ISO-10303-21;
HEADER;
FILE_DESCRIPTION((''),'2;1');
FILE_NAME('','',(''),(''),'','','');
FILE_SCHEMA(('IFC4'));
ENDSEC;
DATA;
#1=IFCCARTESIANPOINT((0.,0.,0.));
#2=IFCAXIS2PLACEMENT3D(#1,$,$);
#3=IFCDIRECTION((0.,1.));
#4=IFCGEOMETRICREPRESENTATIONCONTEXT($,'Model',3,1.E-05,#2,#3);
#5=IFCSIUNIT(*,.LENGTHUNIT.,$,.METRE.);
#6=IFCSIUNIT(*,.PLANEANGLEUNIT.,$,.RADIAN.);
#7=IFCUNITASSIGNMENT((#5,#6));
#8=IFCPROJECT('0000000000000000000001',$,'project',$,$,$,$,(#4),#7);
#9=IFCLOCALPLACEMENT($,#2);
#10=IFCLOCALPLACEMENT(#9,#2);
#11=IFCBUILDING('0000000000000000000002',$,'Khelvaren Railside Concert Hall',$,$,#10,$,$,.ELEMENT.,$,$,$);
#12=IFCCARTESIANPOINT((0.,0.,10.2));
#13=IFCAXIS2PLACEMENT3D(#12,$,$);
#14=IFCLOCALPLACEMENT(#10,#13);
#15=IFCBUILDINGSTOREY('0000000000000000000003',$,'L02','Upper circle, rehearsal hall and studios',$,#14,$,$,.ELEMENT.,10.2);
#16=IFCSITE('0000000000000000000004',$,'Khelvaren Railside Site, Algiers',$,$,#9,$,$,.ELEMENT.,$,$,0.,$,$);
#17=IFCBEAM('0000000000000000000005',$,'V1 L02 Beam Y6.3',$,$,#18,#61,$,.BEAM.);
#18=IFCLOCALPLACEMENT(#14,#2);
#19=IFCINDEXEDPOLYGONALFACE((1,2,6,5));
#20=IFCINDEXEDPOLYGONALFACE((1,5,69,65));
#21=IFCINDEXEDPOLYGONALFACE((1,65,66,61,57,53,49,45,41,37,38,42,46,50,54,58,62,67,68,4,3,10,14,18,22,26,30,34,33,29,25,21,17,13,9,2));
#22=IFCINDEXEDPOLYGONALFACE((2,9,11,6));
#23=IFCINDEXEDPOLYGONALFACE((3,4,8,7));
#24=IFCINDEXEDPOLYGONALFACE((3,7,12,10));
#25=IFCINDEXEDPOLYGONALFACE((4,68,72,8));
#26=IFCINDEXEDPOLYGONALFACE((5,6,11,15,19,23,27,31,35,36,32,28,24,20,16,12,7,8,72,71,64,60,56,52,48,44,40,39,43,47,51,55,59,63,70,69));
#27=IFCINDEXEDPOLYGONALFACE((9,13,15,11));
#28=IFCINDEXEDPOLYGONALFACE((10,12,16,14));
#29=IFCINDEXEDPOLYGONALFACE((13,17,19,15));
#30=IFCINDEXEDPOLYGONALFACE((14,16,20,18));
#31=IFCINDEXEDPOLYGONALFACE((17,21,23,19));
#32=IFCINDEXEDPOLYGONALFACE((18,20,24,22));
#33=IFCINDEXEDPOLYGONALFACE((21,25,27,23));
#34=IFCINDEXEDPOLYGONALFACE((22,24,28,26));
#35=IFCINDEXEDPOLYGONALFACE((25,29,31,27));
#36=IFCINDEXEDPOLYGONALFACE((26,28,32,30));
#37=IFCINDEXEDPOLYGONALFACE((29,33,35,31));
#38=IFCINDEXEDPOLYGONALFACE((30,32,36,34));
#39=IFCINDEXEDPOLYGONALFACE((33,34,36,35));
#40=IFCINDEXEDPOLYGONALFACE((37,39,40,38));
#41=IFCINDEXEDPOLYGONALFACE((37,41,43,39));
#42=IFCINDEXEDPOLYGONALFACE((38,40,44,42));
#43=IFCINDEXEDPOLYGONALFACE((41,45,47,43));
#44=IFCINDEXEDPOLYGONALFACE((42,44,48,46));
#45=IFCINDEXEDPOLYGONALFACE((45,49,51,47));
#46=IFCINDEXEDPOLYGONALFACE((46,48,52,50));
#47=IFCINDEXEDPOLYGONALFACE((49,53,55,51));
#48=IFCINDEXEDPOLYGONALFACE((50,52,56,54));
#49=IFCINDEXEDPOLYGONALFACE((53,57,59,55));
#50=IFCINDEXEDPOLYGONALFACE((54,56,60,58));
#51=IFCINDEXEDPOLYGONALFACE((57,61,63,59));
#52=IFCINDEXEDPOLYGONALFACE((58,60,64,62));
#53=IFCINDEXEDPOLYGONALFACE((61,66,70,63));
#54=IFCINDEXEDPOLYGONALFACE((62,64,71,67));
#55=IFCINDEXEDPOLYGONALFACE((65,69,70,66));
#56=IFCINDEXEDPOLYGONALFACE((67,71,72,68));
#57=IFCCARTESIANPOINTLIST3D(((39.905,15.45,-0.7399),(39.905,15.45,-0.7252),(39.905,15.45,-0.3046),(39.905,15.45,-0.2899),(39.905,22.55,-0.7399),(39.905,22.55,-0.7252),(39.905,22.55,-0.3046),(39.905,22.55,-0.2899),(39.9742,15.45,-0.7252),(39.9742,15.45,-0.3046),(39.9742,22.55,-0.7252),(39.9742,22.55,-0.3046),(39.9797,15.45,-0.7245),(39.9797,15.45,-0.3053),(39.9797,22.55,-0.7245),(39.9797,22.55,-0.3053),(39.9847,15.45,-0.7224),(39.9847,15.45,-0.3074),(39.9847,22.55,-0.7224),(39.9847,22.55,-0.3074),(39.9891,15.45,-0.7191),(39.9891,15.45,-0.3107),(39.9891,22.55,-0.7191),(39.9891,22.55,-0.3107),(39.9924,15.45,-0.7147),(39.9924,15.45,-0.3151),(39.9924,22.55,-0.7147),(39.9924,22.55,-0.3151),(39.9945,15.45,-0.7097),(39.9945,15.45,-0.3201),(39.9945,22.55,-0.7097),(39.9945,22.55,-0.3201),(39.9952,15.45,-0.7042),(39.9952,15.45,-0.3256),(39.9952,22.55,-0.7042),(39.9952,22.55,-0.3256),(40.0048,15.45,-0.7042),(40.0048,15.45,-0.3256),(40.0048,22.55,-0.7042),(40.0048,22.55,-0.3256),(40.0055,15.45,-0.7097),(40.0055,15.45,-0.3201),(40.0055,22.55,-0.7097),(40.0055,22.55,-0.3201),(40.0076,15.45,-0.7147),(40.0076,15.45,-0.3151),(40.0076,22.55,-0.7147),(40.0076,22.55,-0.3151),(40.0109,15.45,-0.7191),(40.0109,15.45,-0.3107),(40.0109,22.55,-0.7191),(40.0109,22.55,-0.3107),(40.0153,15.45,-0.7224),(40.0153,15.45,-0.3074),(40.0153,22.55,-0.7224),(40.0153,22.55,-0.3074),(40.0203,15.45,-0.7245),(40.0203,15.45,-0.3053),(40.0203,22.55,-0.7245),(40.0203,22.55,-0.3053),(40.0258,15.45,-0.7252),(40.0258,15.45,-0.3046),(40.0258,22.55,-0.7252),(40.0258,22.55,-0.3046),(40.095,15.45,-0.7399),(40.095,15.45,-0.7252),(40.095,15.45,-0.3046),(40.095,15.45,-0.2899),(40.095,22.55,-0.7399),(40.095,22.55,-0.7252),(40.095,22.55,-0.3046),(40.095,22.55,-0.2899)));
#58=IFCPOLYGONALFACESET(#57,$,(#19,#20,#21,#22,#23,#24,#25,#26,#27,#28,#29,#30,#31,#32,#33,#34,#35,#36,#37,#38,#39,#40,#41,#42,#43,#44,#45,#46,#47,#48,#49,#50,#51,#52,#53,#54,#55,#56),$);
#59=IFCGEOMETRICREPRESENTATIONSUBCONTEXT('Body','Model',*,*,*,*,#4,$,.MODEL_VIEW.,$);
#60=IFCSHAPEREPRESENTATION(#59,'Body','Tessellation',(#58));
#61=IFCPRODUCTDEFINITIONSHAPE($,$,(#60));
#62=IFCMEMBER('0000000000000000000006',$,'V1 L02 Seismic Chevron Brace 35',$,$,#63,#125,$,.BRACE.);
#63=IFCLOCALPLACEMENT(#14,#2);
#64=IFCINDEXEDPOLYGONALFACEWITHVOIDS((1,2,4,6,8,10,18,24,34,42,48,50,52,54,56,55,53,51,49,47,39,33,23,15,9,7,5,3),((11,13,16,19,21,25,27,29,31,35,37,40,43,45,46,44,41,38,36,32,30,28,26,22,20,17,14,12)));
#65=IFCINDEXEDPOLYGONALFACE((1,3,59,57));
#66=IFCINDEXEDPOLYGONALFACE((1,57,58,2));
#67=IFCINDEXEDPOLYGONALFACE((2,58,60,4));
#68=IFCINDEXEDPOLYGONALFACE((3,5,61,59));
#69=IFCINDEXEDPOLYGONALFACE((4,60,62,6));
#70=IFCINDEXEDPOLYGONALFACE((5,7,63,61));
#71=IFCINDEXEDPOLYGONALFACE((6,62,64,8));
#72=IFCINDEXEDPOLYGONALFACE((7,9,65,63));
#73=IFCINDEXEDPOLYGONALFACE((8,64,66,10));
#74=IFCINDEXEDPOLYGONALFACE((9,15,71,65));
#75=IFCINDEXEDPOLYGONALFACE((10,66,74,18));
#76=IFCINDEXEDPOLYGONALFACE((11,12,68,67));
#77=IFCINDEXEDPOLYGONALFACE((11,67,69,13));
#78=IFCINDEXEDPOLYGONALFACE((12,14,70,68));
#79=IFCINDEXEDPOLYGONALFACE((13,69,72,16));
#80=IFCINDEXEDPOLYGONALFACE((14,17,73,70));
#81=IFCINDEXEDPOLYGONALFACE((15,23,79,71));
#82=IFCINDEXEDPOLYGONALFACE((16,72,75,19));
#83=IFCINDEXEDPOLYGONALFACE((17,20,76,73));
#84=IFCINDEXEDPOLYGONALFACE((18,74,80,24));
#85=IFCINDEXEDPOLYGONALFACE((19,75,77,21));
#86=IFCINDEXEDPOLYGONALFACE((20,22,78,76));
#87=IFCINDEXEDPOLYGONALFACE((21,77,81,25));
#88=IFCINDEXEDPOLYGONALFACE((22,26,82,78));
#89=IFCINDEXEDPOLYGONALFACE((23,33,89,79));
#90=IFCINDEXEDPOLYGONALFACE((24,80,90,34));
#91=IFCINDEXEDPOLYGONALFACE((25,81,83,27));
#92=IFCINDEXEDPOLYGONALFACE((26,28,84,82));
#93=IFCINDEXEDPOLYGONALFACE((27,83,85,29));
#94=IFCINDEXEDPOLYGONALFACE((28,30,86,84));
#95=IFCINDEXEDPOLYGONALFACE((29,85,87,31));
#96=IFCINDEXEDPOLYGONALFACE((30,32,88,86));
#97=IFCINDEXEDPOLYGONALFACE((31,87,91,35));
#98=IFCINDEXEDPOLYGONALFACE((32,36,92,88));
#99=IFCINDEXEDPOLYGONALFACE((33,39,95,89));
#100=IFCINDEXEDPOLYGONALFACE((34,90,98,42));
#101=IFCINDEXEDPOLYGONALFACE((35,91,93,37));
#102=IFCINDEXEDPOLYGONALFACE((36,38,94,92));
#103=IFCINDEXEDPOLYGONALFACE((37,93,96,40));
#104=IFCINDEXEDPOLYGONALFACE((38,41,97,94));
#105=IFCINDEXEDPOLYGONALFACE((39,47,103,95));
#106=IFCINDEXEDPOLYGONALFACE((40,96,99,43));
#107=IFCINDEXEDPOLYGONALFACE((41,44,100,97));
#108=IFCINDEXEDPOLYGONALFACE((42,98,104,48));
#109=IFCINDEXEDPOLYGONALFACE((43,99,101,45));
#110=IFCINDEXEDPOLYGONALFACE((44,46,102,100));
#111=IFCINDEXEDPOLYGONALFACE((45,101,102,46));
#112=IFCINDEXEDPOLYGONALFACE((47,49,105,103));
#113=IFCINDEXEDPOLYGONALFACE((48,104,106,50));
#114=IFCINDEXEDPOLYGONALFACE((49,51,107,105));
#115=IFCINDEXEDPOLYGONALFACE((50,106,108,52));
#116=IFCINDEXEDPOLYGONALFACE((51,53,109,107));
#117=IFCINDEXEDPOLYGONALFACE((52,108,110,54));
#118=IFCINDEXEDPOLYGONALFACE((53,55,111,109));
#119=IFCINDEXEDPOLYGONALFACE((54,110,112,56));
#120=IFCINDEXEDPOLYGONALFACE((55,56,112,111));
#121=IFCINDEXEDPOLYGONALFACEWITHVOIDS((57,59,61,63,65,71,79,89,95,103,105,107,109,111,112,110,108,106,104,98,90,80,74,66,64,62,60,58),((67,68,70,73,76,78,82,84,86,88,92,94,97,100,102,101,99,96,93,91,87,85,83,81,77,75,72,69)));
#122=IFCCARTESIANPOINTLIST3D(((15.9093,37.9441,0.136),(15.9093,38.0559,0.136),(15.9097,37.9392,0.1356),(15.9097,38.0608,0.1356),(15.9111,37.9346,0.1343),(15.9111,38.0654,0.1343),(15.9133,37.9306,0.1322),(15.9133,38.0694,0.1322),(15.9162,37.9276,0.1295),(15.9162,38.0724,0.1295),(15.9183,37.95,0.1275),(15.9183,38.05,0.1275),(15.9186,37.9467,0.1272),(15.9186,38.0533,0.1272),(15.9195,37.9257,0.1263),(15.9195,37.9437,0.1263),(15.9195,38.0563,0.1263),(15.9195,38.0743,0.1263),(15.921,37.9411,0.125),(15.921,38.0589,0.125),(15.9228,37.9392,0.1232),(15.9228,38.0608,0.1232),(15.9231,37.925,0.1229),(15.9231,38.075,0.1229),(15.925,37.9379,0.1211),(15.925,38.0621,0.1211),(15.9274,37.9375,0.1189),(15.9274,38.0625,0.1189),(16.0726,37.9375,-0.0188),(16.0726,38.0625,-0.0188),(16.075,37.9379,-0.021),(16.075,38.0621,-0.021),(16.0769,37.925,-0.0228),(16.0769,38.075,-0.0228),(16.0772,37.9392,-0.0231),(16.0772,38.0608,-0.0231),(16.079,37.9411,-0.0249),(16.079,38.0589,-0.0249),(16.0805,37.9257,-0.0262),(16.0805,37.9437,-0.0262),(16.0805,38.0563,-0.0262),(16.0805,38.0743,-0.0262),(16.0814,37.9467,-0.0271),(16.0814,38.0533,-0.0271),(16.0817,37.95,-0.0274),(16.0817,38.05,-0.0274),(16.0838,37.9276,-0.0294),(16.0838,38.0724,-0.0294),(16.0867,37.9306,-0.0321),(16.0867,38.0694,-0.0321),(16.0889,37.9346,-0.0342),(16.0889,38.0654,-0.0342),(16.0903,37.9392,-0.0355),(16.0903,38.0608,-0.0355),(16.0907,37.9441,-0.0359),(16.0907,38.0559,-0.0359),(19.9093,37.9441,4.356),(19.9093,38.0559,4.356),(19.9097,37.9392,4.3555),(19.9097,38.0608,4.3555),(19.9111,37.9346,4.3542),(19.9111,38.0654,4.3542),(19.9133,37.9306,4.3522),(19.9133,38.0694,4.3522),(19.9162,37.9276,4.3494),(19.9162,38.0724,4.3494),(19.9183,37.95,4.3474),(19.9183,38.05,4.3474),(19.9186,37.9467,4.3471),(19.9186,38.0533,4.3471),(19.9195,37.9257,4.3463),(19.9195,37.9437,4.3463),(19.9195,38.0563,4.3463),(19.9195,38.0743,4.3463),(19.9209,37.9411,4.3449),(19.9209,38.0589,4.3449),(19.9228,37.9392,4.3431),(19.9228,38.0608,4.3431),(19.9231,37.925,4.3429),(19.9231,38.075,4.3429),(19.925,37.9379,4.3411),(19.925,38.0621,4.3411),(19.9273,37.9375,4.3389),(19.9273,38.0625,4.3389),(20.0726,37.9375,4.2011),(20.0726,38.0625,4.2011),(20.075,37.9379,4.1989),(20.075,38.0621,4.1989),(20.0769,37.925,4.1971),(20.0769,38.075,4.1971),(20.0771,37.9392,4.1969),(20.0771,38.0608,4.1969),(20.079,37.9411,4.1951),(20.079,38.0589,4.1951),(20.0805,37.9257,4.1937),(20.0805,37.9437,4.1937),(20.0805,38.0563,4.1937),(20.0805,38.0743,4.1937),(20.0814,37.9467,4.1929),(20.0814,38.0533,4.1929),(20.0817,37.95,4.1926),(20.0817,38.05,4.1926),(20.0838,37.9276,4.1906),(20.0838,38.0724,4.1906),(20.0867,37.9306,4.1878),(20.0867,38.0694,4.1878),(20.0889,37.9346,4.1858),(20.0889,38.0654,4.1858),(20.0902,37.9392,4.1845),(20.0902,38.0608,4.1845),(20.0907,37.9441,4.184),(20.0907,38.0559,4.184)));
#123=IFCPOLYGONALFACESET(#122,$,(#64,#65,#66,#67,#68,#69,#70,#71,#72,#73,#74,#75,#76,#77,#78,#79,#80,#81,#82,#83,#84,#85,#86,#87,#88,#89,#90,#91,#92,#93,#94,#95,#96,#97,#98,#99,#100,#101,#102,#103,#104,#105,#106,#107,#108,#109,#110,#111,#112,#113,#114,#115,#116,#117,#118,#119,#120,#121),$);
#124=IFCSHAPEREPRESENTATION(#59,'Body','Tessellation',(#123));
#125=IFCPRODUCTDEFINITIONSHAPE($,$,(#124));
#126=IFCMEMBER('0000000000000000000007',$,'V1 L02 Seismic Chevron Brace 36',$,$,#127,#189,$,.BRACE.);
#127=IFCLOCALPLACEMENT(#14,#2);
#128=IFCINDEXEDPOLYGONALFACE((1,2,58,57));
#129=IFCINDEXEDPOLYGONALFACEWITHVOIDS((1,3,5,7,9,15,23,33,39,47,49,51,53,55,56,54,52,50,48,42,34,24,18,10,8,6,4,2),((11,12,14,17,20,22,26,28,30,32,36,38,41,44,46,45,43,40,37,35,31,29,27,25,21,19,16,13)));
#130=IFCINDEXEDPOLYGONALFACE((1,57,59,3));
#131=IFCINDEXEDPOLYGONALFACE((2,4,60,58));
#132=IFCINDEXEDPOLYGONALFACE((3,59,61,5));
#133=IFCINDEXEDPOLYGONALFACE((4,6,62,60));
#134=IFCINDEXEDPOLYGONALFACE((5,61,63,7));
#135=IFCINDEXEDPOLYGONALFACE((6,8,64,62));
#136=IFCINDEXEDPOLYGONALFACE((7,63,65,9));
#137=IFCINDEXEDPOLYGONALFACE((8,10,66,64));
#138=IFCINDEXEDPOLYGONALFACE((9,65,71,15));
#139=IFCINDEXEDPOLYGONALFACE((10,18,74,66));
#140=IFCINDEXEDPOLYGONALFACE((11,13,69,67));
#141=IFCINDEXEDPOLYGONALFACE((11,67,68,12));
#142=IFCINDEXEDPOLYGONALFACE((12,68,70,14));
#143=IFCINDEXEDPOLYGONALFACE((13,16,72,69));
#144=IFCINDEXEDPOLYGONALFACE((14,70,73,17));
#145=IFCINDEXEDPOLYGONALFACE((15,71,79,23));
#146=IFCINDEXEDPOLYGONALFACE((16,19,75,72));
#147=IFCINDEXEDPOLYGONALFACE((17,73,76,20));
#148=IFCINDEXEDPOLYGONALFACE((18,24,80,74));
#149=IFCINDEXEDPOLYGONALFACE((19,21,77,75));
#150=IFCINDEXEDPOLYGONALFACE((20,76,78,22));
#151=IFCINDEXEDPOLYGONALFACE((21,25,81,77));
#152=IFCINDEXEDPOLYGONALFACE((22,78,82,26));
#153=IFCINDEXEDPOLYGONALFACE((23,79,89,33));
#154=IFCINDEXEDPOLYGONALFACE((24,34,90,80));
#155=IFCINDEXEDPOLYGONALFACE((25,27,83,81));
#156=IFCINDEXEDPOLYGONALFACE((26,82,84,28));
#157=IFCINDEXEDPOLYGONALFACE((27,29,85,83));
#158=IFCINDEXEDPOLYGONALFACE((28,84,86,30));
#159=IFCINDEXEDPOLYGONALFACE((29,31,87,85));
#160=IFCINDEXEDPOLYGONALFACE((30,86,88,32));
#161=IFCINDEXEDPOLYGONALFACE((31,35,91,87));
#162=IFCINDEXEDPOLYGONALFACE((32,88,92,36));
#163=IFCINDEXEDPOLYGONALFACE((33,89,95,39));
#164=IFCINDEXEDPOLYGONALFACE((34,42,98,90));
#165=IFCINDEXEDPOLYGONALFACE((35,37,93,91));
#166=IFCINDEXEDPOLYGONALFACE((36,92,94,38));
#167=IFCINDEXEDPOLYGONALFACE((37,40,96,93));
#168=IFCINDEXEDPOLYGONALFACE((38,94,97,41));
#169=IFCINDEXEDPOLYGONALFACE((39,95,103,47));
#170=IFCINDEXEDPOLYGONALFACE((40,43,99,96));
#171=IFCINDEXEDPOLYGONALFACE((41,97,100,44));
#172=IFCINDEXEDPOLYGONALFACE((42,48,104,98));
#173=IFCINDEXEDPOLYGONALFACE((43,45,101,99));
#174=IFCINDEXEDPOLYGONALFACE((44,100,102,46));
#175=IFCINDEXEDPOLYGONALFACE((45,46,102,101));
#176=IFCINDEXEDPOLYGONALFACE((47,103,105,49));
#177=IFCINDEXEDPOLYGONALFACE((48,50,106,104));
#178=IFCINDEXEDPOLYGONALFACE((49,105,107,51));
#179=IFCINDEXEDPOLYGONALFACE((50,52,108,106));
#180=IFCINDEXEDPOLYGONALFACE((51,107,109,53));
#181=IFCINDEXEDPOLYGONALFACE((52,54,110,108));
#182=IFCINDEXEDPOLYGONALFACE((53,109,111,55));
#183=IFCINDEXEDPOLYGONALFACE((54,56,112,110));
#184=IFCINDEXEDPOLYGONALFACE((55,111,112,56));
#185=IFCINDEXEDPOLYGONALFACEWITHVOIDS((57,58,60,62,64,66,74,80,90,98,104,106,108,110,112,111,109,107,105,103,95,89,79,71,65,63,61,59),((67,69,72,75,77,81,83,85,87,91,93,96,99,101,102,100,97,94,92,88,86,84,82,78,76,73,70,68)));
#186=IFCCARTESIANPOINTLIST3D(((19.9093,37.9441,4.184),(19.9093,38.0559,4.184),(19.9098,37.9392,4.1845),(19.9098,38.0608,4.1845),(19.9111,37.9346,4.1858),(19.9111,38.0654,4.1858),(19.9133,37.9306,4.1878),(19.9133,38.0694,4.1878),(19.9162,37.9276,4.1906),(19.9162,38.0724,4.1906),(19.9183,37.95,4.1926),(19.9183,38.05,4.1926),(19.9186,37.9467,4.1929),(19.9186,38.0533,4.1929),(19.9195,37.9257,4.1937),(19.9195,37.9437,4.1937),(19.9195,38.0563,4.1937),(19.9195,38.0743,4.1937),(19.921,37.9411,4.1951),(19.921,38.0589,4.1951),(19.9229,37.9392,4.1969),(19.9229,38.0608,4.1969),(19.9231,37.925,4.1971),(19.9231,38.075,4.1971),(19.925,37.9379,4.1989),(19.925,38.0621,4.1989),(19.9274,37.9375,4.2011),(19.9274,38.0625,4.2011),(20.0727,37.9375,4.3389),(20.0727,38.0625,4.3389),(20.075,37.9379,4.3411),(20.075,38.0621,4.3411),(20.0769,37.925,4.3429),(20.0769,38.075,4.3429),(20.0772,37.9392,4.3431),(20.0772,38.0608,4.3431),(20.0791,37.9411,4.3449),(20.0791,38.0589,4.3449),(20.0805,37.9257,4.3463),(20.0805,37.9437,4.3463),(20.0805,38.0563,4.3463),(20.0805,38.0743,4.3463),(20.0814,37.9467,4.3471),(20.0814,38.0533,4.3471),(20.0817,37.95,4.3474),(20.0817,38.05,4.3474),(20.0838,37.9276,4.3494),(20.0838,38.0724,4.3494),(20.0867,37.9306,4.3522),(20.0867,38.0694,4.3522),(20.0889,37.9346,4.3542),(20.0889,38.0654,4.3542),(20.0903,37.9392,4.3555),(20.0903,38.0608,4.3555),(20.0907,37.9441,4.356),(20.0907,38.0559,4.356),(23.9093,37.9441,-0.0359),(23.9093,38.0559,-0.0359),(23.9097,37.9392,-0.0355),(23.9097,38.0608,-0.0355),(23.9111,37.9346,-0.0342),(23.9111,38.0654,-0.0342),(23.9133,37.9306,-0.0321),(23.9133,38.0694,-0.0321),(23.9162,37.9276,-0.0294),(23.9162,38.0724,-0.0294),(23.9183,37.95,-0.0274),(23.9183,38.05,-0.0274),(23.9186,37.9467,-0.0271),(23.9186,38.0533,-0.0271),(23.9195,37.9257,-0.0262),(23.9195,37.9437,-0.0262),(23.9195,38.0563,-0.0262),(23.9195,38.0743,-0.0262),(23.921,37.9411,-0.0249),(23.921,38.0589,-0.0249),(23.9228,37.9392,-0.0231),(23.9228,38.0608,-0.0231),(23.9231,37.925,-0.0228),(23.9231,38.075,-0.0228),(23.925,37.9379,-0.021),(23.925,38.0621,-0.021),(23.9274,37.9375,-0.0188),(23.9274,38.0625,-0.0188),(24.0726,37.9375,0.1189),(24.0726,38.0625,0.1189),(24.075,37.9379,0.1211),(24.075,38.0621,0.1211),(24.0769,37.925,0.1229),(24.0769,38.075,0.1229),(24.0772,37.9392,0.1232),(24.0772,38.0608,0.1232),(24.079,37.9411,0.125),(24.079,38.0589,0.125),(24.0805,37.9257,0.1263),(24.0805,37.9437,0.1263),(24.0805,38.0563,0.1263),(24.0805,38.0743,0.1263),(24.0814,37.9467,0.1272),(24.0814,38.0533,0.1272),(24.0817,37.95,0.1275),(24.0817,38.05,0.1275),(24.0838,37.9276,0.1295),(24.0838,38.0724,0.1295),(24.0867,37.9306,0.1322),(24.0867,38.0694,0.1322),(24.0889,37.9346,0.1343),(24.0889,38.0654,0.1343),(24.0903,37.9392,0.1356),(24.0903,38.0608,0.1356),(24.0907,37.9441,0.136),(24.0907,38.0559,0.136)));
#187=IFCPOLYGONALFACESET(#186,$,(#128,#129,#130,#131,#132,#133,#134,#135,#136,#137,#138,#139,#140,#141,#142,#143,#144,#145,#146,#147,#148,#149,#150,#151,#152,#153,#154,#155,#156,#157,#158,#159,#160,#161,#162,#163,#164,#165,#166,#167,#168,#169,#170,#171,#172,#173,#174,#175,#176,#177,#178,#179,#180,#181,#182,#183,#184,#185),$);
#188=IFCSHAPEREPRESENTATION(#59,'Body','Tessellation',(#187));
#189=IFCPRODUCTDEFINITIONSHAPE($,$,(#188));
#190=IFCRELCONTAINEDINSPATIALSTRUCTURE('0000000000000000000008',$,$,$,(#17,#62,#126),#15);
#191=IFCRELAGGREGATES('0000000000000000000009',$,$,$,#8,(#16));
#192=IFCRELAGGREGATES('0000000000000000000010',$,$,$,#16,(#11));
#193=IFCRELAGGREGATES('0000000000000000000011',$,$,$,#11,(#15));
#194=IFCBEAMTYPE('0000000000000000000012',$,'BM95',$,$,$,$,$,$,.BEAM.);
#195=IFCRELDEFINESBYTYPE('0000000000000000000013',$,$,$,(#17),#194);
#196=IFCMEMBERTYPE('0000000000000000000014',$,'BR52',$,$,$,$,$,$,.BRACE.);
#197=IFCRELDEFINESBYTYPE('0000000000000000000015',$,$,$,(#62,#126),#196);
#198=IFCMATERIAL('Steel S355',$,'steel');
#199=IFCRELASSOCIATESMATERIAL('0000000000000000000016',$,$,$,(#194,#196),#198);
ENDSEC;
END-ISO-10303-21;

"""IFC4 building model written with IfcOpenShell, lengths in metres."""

from ifc_helpers import new_model, si_unit, direction, frame, origin, origin_2d, place, context, subcontext, project, spatial, hollow_rectangle, i_section, extrude, material, material_profile, profile_set, type_object, element, save


model = new_model("IFC4")

# Units and contexts
model_context = context("Model", 3, precision=1e-05, world=origin(), true_north=direction((0.0, 1.0)))
body_context = subcontext(model_context, "Body", "Model", "MODEL_VIEW")
ifc_project = project(units=[si_unit("LENGTHUNIT", "METRE"), si_unit("PLANEANGLEUNIT", "RADIAN")], contexts=[model_context])

# Site, building, storey
site_placement = place(None, origin())
site = spatial("IfcSite", under=ifc_project, at=site_placement, Name="Khelvaren Railside Site, Algiers", CompositionType="ELEMENT", RefElevation=0.0)
building_placement = place(site_placement, origin())
building = spatial("IfcBuilding", under=site, at=building_placement, Name="Khelvaren Railside Concert Hall", CompositionType="ELEMENT")
storey_placement = place(building_placement, frame((0.0, 0.0, 10.2)))
storey = spatial("IfcBuildingStorey", under=building, at=storey_placement, Name="L02", Description="Upper circle, rehearsal hall and studios", CompositionType="ELEMENT", Elevation=10.2)

# Shared definitions
ifc_material_1 = material(Name="Steel S355", Category="steel")

# Beam
ifc_material_profile_1 = material_profile(ifc_material_1, i_section(OverallWidth=0.1899, OverallDepth=0.45, WebThickness=0.0095, FlangeThickness=0.0146, FilletRadius=0.021, at=origin_2d()), Name="IPE 450")
ifc_profile_set_1 = profile_set([ifc_material_profile_1], Name="Steel S355")
beam_type_1 = type_object("IfcBeamType", Name="BM95", PredefinedType="BEAM", material=ifc_profile_set_1)
beam_1_placement = place(storey_placement, frame((40.0, 15.45, -0.5149), z_axis=(0.0, 1.0, 0.0), x_axis=(-1.0, 0.0, 0.0)))
element("IfcBeam", 1, at=beam_1_placement, inside=storey, type_object=beam_type_1, Name="V1 L02 Beam Y6.3", PredefinedType="BEAM", context=body_context, shape_type="SweptSolid", body=[
    extrude(i_section(OverallWidth=0.1899, OverallDepth=0.45, WebThickness=0.0095, FlangeThickness=0.0146, FilletRadius=0.021, at=origin_2d()), origin(), (0.0, 0.0, 1.0), 7.1001),
])

# Members
ifc_material_profile_2 = material_profile(ifc_material_1, hollow_rectangle(XDim=0.1499, YDim=0.25, WallThickness=0.0125, InnerFilletRadius=0.0125, OuterFilletRadius=0.019, at=origin_2d()), Name="RHS 250x150x12.5")
ifc_profile_set_2 = profile_set([ifc_material_profile_2], Name="Steel S355")
member_type = type_object("IfcMemberType", Name="BR52", PredefinedType="BRACE", material=ifc_profile_set_2)
for number, where, z_axis, x_axis, name in (
    (2, (16.0, 38.0, 0.05), (0.687938, 0.0, 0.72577), (0.0, 1.0, 0.0), "V1 L02 Seismic Chevron Brace 35"),
    (3, (24.0, 38.0, 0.05), (-0.687938, 0.0, 0.72577), (0.0, -1.0, 0.0), "V1 L02 Seismic Chevron Brace 36"),
):
    element("IfcMember", number, at=place(storey_placement, frame(where, z_axis=z_axis, x_axis=x_axis)), inside=storey, type_object=member_type, Name=name, PredefinedType="BRACE", context=body_context, shape_type="SweptSolid", body=[
        extrude(hollow_rectangle(XDim=0.1499, YDim=0.25, WallThickness=0.0125, InnerFilletRadius=0.0125, OuterFilletRadius=0.019, at=origin_2d()), origin(), (0.0, 0.0, 1.0), 5.8145),
    ])

save(model, "model.ifc")
